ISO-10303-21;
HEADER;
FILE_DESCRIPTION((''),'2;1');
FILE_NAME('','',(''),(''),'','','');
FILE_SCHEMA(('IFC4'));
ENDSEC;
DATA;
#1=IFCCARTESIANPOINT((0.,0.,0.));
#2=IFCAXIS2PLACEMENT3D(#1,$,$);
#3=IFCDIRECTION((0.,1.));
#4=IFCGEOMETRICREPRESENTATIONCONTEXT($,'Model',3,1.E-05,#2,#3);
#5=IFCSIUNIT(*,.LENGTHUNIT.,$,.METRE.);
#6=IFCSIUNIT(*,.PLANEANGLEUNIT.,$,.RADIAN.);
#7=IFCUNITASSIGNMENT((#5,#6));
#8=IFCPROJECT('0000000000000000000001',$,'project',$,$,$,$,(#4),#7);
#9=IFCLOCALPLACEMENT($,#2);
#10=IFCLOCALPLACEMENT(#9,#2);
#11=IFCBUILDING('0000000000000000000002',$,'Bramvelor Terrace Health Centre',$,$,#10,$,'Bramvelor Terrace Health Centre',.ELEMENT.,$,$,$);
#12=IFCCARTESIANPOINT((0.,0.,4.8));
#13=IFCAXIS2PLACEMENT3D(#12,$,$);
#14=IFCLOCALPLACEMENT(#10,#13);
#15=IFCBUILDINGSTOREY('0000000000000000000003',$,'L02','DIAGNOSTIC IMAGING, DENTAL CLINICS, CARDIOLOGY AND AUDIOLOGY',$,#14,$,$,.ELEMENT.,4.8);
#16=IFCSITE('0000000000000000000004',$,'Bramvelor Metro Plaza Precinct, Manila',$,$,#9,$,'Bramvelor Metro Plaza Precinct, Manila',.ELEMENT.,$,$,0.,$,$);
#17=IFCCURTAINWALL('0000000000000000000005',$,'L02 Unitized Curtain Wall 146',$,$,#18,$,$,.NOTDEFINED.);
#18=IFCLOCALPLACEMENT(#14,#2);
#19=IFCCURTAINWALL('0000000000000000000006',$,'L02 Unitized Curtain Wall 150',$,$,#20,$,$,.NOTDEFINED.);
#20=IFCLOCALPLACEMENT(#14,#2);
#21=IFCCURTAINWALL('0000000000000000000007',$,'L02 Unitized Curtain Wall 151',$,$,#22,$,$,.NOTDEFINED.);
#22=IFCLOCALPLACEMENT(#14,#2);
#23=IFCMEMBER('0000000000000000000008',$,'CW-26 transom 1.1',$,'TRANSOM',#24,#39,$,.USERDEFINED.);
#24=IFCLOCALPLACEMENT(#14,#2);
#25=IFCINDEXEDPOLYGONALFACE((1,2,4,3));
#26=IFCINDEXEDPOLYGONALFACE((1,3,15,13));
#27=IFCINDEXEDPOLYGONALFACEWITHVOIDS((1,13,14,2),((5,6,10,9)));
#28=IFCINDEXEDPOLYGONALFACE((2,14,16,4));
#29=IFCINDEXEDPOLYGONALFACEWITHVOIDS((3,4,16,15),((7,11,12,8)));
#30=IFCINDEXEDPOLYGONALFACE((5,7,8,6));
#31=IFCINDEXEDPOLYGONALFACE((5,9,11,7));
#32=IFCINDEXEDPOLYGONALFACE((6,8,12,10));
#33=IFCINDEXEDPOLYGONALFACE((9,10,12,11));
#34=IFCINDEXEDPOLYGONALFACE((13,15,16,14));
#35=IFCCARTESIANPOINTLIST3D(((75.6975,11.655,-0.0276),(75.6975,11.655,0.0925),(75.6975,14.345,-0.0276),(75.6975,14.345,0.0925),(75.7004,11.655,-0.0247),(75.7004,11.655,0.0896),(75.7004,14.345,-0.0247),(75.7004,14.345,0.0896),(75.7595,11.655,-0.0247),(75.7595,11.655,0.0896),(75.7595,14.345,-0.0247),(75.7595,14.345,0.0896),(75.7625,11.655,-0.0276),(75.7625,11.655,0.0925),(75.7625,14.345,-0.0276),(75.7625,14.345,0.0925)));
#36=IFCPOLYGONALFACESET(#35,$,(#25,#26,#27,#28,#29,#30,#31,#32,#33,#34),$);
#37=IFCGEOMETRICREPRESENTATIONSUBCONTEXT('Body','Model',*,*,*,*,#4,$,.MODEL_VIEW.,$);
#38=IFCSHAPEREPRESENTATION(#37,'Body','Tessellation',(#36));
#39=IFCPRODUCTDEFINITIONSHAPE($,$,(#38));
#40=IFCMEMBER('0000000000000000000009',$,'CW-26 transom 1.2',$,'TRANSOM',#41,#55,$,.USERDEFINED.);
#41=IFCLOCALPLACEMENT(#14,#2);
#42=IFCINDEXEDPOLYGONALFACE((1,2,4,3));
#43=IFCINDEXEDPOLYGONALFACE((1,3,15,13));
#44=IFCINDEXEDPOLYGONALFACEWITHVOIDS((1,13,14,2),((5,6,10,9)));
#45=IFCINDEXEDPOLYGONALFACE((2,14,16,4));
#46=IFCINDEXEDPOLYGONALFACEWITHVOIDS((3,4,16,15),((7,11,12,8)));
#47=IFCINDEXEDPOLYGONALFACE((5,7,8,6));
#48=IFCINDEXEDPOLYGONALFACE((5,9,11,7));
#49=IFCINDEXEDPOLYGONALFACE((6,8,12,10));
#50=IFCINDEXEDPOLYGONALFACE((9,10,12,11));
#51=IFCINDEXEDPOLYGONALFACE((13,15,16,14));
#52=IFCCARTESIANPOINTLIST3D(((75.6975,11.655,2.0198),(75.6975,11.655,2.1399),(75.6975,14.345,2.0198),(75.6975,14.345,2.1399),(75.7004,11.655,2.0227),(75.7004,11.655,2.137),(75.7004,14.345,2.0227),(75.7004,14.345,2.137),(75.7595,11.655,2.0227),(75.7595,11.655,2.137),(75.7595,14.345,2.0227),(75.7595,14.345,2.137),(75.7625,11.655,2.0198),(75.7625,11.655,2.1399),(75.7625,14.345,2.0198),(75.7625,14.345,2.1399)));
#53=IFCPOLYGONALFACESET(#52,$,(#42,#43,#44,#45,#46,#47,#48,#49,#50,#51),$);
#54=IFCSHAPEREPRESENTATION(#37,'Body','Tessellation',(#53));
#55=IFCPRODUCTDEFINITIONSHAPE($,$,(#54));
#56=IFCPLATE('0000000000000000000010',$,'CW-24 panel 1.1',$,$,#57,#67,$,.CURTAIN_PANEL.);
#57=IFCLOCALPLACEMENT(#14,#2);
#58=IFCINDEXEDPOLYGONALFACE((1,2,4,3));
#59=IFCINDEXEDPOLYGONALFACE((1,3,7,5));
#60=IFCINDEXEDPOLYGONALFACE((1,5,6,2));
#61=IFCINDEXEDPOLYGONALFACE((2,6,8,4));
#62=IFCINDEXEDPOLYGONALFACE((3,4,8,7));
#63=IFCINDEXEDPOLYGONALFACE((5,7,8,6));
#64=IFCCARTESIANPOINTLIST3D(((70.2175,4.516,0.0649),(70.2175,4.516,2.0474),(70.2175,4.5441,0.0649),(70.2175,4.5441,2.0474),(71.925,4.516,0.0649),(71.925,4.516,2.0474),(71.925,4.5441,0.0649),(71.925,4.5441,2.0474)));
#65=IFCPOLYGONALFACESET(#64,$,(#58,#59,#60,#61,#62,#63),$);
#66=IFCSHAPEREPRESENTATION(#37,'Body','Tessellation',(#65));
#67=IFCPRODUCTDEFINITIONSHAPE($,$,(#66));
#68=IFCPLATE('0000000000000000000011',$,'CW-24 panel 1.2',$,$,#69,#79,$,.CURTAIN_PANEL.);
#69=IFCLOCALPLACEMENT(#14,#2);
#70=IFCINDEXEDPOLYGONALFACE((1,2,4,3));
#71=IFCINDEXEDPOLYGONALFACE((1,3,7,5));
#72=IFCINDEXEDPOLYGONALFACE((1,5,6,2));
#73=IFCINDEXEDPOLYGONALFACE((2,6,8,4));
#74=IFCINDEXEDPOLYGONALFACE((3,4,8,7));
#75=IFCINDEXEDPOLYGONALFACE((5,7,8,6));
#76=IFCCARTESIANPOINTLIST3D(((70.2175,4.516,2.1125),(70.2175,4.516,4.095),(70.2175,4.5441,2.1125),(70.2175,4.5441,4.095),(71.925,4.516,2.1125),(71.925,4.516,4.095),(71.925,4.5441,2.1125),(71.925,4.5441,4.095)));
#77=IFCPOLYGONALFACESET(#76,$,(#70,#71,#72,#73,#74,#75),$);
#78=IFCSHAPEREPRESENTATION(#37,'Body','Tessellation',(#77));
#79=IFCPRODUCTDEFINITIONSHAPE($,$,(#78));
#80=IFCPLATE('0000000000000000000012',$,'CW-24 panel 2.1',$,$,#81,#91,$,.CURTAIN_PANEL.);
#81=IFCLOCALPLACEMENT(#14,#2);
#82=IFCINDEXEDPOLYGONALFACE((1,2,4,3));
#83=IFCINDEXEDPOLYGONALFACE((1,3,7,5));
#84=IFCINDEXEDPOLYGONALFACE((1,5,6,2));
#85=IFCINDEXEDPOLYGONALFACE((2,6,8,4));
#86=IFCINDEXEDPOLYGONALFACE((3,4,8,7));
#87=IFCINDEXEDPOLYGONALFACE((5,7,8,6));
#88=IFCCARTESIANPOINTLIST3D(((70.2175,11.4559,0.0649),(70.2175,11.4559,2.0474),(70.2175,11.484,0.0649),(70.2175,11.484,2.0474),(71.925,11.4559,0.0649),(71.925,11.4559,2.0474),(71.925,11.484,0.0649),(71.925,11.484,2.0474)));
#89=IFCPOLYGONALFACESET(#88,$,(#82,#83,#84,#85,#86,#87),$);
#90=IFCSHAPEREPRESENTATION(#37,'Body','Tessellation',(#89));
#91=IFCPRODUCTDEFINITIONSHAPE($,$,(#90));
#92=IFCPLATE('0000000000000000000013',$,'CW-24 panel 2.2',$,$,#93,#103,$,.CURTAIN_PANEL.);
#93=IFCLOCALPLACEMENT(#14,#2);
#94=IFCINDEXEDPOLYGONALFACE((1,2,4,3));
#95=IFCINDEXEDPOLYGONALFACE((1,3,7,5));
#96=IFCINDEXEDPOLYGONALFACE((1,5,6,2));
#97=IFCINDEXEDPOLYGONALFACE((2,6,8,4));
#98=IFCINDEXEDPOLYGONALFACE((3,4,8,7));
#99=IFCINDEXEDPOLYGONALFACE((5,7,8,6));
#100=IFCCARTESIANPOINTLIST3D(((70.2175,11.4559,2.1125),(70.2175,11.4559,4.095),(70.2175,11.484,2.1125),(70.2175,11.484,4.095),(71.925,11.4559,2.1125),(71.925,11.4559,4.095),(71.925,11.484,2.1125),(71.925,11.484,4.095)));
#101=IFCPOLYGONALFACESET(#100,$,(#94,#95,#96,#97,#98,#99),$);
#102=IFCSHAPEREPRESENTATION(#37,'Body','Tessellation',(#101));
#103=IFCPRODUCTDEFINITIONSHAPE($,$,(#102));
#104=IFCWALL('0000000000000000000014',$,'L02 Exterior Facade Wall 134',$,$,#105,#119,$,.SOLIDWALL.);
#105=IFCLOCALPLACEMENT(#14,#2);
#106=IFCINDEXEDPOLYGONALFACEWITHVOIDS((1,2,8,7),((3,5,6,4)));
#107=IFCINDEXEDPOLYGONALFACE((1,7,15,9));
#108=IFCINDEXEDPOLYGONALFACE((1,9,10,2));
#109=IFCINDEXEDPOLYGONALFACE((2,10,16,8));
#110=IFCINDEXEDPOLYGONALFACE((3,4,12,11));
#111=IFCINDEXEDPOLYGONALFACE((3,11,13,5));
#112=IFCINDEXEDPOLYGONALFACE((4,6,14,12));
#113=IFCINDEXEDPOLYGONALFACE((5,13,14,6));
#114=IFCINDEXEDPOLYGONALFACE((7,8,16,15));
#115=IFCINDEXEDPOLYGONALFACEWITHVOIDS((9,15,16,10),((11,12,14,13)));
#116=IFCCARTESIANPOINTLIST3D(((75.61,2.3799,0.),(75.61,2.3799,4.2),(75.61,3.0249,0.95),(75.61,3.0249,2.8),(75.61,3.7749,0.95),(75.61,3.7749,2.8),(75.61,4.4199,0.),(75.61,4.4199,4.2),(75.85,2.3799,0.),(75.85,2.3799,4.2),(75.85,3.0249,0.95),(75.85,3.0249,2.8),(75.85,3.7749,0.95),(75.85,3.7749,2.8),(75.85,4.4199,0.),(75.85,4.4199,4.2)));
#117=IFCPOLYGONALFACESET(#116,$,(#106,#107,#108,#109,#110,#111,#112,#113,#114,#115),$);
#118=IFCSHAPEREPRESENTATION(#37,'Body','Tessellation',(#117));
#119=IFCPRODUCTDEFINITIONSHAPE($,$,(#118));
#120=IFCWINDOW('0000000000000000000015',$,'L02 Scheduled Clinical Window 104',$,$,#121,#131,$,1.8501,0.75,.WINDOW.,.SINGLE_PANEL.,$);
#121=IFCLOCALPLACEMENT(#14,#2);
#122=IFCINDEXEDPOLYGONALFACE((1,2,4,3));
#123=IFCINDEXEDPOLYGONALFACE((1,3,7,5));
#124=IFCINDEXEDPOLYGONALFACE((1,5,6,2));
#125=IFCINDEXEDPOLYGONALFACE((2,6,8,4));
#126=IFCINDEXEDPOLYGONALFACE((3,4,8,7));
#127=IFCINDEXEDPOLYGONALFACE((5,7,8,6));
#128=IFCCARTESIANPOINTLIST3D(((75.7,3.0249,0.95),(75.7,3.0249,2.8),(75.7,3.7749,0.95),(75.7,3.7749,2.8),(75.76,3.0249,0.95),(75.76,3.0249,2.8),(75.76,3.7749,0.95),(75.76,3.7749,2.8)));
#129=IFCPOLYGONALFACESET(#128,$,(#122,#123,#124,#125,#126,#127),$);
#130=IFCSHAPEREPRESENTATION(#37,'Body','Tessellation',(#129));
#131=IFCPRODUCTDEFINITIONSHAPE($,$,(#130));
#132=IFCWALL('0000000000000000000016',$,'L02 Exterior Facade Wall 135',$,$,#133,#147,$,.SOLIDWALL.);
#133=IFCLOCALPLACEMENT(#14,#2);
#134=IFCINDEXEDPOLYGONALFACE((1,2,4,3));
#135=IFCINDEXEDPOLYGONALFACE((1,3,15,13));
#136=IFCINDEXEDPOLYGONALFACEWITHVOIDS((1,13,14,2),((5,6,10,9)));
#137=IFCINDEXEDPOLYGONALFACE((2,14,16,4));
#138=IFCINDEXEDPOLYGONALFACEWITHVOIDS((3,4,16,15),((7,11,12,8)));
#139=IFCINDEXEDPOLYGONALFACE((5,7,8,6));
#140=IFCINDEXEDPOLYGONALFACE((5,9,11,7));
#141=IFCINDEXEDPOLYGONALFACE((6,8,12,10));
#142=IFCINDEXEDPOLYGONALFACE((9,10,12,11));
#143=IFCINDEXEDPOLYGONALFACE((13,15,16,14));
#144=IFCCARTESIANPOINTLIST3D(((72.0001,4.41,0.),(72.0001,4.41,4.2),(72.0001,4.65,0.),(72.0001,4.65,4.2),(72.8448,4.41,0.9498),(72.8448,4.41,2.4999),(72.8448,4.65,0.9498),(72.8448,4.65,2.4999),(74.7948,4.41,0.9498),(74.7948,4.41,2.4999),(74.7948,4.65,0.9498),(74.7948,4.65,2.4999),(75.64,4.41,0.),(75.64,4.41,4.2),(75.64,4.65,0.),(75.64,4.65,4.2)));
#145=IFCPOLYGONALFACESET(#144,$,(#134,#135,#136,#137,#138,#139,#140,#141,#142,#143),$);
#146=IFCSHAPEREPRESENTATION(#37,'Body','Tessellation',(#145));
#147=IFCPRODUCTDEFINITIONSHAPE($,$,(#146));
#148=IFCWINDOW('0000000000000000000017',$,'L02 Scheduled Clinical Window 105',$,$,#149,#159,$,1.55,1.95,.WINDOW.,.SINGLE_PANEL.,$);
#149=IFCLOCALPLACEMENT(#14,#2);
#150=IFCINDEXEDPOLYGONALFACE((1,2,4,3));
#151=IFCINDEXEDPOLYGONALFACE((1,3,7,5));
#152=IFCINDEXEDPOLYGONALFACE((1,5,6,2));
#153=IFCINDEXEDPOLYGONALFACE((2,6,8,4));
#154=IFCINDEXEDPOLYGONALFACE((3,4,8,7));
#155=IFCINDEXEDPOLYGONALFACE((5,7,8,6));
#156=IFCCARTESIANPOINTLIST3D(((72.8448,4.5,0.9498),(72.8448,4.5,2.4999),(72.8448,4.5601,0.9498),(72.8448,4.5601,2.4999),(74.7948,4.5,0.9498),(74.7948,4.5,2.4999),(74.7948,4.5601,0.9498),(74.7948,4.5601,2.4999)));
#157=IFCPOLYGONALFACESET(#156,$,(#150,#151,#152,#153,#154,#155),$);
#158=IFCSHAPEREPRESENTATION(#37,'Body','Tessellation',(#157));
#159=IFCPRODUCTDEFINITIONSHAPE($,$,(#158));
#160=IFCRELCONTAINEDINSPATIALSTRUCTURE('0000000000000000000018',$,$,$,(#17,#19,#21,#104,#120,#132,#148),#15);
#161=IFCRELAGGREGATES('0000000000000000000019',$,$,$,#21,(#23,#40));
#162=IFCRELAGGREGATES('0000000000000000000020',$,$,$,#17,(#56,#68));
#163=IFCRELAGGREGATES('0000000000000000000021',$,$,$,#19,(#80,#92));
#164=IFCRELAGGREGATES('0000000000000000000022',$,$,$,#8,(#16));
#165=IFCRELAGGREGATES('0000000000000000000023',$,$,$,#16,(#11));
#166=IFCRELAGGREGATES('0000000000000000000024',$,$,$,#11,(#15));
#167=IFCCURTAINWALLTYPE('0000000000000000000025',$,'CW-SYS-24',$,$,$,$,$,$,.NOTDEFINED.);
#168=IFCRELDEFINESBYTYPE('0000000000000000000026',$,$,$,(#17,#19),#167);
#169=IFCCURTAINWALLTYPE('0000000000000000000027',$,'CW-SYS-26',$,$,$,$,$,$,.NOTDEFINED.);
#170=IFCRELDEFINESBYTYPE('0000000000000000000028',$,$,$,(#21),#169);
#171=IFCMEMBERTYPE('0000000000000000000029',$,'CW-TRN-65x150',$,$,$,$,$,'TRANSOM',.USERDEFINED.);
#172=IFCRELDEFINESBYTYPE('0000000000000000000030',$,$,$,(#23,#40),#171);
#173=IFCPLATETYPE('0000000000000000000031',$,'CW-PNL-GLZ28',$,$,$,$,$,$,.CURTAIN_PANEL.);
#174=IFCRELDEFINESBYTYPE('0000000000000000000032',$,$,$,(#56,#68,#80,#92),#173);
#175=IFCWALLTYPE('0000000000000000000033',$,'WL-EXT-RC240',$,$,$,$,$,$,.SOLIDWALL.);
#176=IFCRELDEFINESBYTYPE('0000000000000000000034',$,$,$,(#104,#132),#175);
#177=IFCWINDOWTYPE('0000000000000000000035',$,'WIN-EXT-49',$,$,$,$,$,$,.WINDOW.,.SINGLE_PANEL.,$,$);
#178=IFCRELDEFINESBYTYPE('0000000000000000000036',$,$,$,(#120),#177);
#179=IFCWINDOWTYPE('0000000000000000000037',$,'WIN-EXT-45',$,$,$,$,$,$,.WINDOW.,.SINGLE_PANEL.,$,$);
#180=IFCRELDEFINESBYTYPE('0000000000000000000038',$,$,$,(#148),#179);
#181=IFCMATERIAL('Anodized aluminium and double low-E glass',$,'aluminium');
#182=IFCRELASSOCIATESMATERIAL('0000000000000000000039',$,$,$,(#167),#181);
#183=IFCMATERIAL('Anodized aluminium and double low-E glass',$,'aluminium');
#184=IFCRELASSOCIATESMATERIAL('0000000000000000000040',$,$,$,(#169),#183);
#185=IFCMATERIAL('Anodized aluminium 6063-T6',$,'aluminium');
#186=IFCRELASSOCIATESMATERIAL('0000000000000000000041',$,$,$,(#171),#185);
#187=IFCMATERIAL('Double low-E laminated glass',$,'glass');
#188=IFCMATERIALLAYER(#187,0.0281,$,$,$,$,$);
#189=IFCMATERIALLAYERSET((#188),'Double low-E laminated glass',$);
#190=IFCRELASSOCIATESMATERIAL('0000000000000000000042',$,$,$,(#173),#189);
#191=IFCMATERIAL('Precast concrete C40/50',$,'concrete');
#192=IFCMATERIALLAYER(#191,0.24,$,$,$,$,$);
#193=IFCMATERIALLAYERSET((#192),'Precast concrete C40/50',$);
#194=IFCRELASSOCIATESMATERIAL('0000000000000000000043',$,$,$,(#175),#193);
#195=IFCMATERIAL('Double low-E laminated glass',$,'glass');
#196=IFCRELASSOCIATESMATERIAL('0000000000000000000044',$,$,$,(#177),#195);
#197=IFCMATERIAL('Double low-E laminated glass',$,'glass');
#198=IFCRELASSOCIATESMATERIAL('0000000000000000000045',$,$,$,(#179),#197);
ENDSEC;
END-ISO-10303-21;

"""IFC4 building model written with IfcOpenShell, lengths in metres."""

from ifc_helpers import new_model, si_unit, direction, frame, frame_2d, origin, origin_2d, place, context, subcontext, project, spatial, rectangle, hollow_rectangle, extrude, material, layer, layer_set, material_profile, profile_set, type_object, element, fill, aggregate, save


model = new_model("IFC4")

# Units and contexts
model_context = context("Model", 3, precision=1e-05, world=origin(), true_north=direction((0.0, 1.0)))
body_context = subcontext(model_context, "Body", "Model", "MODEL_VIEW")
ifc_project = project(units=[si_unit("LENGTHUNIT", "METRE"), si_unit("PLANEANGLEUNIT", "RADIAN")], contexts=[model_context])

# Site, building, storey
site_placement = place(None, origin())
site = spatial("IfcSite", under=ifc_project, at=site_placement, Name="Bramvelor Metro Plaza Precinct, Manila", LongName="Bramvelor Metro Plaza Precinct, Manila", CompositionType="ELEMENT", RefElevation=0.0)
building_placement = place(site_placement, origin())
building = spatial("IfcBuilding", under=site, at=building_placement, Name="Bramvelor Terrace Health Centre", LongName="Bramvelor Terrace Health Centre", CompositionType="ELEMENT")
storey_placement = place(building_placement, frame((0.0, 0.0, 4.8)))
storey = spatial("IfcBuildingStorey", under=building, at=storey_placement, Name="L02", Description="DIAGNOSTIC IMAGING, DENTAL CLINICS, CARDIOLOGY AND AUDIOLOGY", CompositionType="ELEMENT", Elevation=4.8)

# Curtain walls
ifc_material_1 = material(Name="Anodized aluminium and double low-E glass", Category="aluminium")
curtain_wall_type_1 = type_object("IfcCurtainWallType", Name="CW-SYS-24", PredefinedType="NOTDEFINED", material=ifc_material_1)
curtain_wall_1_placement = place(storey_placement, origin())
curtain_wall_1 = element("IfcCurtainWall", 1, at=curtain_wall_1_placement, inside=storey, type_object=curtain_wall_type_1, Name="L02 Unitized Curtain Wall 146", PredefinedType="NOTDEFINED")
curtain_wall_2_placement = place(storey_placement, origin())
curtain_wall_2 = element("IfcCurtainWall", 2, at=curtain_wall_2_placement, inside=storey, type_object=curtain_wall_type_1, Name="L02 Unitized Curtain Wall 150", PredefinedType="NOTDEFINED")
ifc_material_2 = material(Name="Anodized aluminium and double low-E glass", Category="aluminium")
curtain_wall_type_2 = type_object("IfcCurtainWallType", Name="CW-SYS-26", PredefinedType="NOTDEFINED", material=ifc_material_2)
curtain_wall_3_placement = place(storey_placement, origin())
curtain_wall_3 = element("IfcCurtainWall", 3, at=curtain_wall_3_placement, inside=storey, type_object=curtain_wall_type_2, Name="L02 Unitized Curtain Wall 151", PredefinedType="NOTDEFINED")

# Members
ifc_material_3 = material(Name="Anodized aluminium 6063-T6", Category="aluminium")
ifc_material_profile_1 = material_profile(ifc_material_3, hollow_rectangle(XDim=0.0649, YDim=0.1201, WallThickness=0.0029, at=origin_2d()), Name="ALU-TRN 65x120x3.0")
ifc_profile_set_1 = profile_set([ifc_material_profile_1], Name="Anodized aluminium 6063-T6")
member_type_1 = type_object("IfcMemberType", Name="CW-TRN-65x150", ElementType="TRANSOM", PredefinedType="USERDEFINED", material=ifc_profile_set_1)
member_1_placement = place(storey_placement, frame((75.73, 11.655, 0.0325), z_axis=(0.0, 1.0, 0.0), x_axis=(-1.0, 0.0, 0.0)))
member_1 = element("IfcMember", 4, at=member_1_placement, type_object=member_type_1, Name="CW-26 transom 1.1", ObjectType="TRANSOM", PredefinedType="USERDEFINED", context=body_context, shape_type="SweptSolid", body=[
    extrude(hollow_rectangle(XDim=0.0649, YDim=0.1201, WallThickness=0.0029, at=origin_2d()), origin(), (0.0, 0.0, 1.0), 2.6899),
])
member_2_placement = place(storey_placement, frame((75.73, 11.655, 2.0798), z_axis=(0.0, 1.0, 0.0), x_axis=(-1.0, 0.0, 0.0)))
member_2 = element("IfcMember", 5, at=member_2_placement, type_object=member_type_1, Name="CW-26 transom 1.2", ObjectType="TRANSOM", PredefinedType="USERDEFINED", context=body_context, shape_type="SweptSolid", body=[
    extrude(hollow_rectangle(XDim=0.0649, YDim=0.1201, WallThickness=0.0029, at=origin_2d()), origin(), (0.0, 0.0, 1.0), 2.6899),
])
aggregate(curtain_wall_3, [member_1, member_2])

# Plates
ifc_material_4 = material(Name="Double low-E laminated glass", Category="glass")
ifc_layer_1 = layer(ifc_material_4, 0.0281)
ifc_layer_set_1 = layer_set([ifc_layer_1], Name="Double low-E laminated glass")
plate_type = type_object("IfcPlateType", Name="CW-PNL-GLZ28", PredefinedType="CURTAIN_PANEL", material=ifc_layer_set_1)
plate_1_placement = place(storey_placement, frame((71.0713, 4.53, 0.0649), z_axis=(0.0, 0.0, 1.0), x_axis=(-1.0, 0.0, 0.0)))
plate_1 = element("IfcPlate", 6, at=plate_1_placement, type_object=plate_type, Name="CW-24 panel 1.1", PredefinedType="CURTAIN_PANEL", context=body_context, shape_type="SweptSolid", body=[
    extrude(rectangle(XDim=1.7075, YDim=0.0281, at=origin_2d()), origin(), (0.0, 0.0, 1.0), 1.9824),
])
plate_2_placement = place(storey_placement, frame((71.0713, 4.53, 2.1125), z_axis=(0.0, 0.0, 1.0), x_axis=(-1.0, 0.0, 0.0)))
plate_2 = element("IfcPlate", 7, at=plate_2_placement, type_object=plate_type, Name="CW-24 panel 1.2", PredefinedType="CURTAIN_PANEL", context=body_context, shape_type="SweptSolid", body=[
    extrude(rectangle(XDim=1.7075, YDim=0.0281, at=origin_2d()), origin(), (0.0, 0.0, 1.0), 1.9824),
])
aggregate(curtain_wall_1, [plate_1, plate_2])
plate_3_placement = place(storey_placement, frame((71.0713, 11.47, 0.0649), z_axis=(0.0, 0.0, 1.0), x_axis=(1.0, 0.0, 0.0)))
plate_3 = element("IfcPlate", 8, at=plate_3_placement, type_object=plate_type, Name="CW-24 panel 2.1", PredefinedType="CURTAIN_PANEL", context=body_context, shape_type="SweptSolid", body=[
    extrude(rectangle(XDim=1.7075, YDim=0.0281, at=origin_2d()), origin(), (0.0, 0.0, 1.0), 1.9824),
])
plate_4_placement = place(storey_placement, frame((71.0713, 11.47, 2.1125), z_axis=(0.0, 0.0, 1.0), x_axis=(1.0, 0.0, 0.0)))
plate_4 = element("IfcPlate", 9, at=plate_4_placement, type_object=plate_type, Name="CW-24 panel 2.2", PredefinedType="CURTAIN_PANEL", context=body_context, shape_type="SweptSolid", body=[
    extrude(rectangle(XDim=1.7075, YDim=0.0281, at=origin_2d()), origin(), (0.0, 0.0, 1.0), 1.9824),
])
aggregate(curtain_wall_2, [plate_3, plate_4])

# Walls, openings, windows
ifc_material_5 = material(Name="Precast concrete C40/50", Category="concrete")
ifc_layer_2 = layer(ifc_material_5, 0.24)
ifc_layer_set_2 = layer_set([ifc_layer_2], Name="Precast concrete C40/50")
wall_type = type_object("IfcWallType", Name="WL-EXT-RC240", PredefinedType="SOLIDWALL", material=ifc_layer_set_2)
wall_1_placement = place(storey_placement, frame((75.73, 2.3799, 0.0), z_axis=(0.0, 0.0, 1.0), x_axis=(0.0, 1.0, 0.0)))
wall_1 = element("IfcWall", 10, at=wall_1_placement, inside=storey, type_object=wall_type, Name="L02 Exterior Facade Wall 134", PredefinedType="SOLIDWALL", context=body_context, shape_type="SweptSolid", body=[
    extrude(rectangle(XDim=2.04, YDim=0.24, at=frame_2d((1.02, 0.0))), origin(), (0.0, 0.0, 1.0), 4.2),
])
opening_1_placement = place(wall_1_placement, frame((0.645, 0.0, 0.95)))
opening_1 = element("IfcOpeningElement", 11, at=opening_1_placement, cuts=wall_1, PredefinedType="OPENING", context=body_context, shape_type="SweptSolid", body=[
    extrude(rectangle(XDim=0.75, YDim=1.8501, at=frame_2d((0.375, 0.925))), frame((0.0, 0.1299, 0.0), z_axis=(0.0, -1.0, 0.0), x_axis=(1.0, 0.0, 0.0)), (0.0, 0.0, 1.0), 0.26),
])
ifc_material_6 = material(Name="Double low-E laminated glass", Category="glass")
window_type_1 = type_object("IfcWindowType", Name="WIN-EXT-49", PartitioningType="SINGLE_PANEL", PredefinedType="WINDOW", material=ifc_material_6)
window_1_placement = place(opening_1_placement, origin())
window_1 = element("IfcWindow", 12, at=window_1_placement, inside=storey, type_object=window_type_1, Name="L02 Scheduled Clinical Window 104", OverallHeight=1.8501, OverallWidth=0.75, PartitioningType="SINGLE_PANEL", PredefinedType="WINDOW", context=body_context, shape_type="SweptSolid", body=[
    extrude(rectangle(XDim=0.75, YDim=1.8501, at=frame_2d((0.375, 0.925))), frame((0.0, 0.03, 0.0), z_axis=(0.0, -1.0, 0.0), x_axis=(1.0, 0.0, 0.0)), (0.0, 0.0, 1.0), 0.0601),
])
fill(opening_1, window_1)
wall_2_placement = place(storey_placement, frame((75.6399, 4.53, 0.0), z_axis=(0.0, 0.0, 1.0), x_axis=(-1.0, 0.0, 0.0)))
wall_2 = element("IfcWall", 13, at=wall_2_placement, inside=storey, type_object=wall_type, Name="L02 Exterior Facade Wall 135", PredefinedType="SOLIDWALL", context=body_context, shape_type="SweptSolid", body=[
    extrude(rectangle(XDim=3.6399, YDim=0.24, at=frame_2d((1.8198, 0.0))), origin(), (0.0, 0.0, 1.0), 4.2),
])
opening_2_placement = place(wall_2_placement, frame((0.845, 0.0, 0.95)))
opening_2 = element("IfcOpeningElement", 14, at=opening_2_placement, cuts=wall_2, PredefinedType="OPENING", context=body_context, shape_type="SweptSolid", body=[
    extrude(rectangle(XDim=1.95, YDim=1.55, at=frame_2d((0.9751, 0.7749))), frame((0.0, 0.1299, 0.0), z_axis=(0.0, -1.0, 0.0), x_axis=(1.0, 0.0, 0.0)), (0.0, 0.0, 1.0), 0.26),
])
ifc_material_7 = material(Name="Double low-E laminated glass", Category="glass")
window_type_2 = type_object("IfcWindowType", Name="WIN-EXT-45", PartitioningType="SINGLE_PANEL", PredefinedType="WINDOW", material=ifc_material_7)
window_2_placement = place(opening_2_placement, origin())
window_2 = element("IfcWindow", 15, at=window_2_placement, inside=storey, type_object=window_type_2, Name="L02 Scheduled Clinical Window 105", OverallHeight=1.55, OverallWidth=1.95, PartitioningType="SINGLE_PANEL", PredefinedType="WINDOW", context=body_context, shape_type="SweptSolid", body=[
    extrude(rectangle(XDim=1.95, YDim=1.55, at=frame_2d((0.9751, 0.7749))), frame((0.0, 0.03, 0.0), z_axis=(0.0, -1.0, 0.0), x_axis=(1.0, 0.0, 0.0)), (0.0, 0.0, 1.0), 0.0601),
])
fill(opening_2, window_2)

save(model, "model.ifc")
